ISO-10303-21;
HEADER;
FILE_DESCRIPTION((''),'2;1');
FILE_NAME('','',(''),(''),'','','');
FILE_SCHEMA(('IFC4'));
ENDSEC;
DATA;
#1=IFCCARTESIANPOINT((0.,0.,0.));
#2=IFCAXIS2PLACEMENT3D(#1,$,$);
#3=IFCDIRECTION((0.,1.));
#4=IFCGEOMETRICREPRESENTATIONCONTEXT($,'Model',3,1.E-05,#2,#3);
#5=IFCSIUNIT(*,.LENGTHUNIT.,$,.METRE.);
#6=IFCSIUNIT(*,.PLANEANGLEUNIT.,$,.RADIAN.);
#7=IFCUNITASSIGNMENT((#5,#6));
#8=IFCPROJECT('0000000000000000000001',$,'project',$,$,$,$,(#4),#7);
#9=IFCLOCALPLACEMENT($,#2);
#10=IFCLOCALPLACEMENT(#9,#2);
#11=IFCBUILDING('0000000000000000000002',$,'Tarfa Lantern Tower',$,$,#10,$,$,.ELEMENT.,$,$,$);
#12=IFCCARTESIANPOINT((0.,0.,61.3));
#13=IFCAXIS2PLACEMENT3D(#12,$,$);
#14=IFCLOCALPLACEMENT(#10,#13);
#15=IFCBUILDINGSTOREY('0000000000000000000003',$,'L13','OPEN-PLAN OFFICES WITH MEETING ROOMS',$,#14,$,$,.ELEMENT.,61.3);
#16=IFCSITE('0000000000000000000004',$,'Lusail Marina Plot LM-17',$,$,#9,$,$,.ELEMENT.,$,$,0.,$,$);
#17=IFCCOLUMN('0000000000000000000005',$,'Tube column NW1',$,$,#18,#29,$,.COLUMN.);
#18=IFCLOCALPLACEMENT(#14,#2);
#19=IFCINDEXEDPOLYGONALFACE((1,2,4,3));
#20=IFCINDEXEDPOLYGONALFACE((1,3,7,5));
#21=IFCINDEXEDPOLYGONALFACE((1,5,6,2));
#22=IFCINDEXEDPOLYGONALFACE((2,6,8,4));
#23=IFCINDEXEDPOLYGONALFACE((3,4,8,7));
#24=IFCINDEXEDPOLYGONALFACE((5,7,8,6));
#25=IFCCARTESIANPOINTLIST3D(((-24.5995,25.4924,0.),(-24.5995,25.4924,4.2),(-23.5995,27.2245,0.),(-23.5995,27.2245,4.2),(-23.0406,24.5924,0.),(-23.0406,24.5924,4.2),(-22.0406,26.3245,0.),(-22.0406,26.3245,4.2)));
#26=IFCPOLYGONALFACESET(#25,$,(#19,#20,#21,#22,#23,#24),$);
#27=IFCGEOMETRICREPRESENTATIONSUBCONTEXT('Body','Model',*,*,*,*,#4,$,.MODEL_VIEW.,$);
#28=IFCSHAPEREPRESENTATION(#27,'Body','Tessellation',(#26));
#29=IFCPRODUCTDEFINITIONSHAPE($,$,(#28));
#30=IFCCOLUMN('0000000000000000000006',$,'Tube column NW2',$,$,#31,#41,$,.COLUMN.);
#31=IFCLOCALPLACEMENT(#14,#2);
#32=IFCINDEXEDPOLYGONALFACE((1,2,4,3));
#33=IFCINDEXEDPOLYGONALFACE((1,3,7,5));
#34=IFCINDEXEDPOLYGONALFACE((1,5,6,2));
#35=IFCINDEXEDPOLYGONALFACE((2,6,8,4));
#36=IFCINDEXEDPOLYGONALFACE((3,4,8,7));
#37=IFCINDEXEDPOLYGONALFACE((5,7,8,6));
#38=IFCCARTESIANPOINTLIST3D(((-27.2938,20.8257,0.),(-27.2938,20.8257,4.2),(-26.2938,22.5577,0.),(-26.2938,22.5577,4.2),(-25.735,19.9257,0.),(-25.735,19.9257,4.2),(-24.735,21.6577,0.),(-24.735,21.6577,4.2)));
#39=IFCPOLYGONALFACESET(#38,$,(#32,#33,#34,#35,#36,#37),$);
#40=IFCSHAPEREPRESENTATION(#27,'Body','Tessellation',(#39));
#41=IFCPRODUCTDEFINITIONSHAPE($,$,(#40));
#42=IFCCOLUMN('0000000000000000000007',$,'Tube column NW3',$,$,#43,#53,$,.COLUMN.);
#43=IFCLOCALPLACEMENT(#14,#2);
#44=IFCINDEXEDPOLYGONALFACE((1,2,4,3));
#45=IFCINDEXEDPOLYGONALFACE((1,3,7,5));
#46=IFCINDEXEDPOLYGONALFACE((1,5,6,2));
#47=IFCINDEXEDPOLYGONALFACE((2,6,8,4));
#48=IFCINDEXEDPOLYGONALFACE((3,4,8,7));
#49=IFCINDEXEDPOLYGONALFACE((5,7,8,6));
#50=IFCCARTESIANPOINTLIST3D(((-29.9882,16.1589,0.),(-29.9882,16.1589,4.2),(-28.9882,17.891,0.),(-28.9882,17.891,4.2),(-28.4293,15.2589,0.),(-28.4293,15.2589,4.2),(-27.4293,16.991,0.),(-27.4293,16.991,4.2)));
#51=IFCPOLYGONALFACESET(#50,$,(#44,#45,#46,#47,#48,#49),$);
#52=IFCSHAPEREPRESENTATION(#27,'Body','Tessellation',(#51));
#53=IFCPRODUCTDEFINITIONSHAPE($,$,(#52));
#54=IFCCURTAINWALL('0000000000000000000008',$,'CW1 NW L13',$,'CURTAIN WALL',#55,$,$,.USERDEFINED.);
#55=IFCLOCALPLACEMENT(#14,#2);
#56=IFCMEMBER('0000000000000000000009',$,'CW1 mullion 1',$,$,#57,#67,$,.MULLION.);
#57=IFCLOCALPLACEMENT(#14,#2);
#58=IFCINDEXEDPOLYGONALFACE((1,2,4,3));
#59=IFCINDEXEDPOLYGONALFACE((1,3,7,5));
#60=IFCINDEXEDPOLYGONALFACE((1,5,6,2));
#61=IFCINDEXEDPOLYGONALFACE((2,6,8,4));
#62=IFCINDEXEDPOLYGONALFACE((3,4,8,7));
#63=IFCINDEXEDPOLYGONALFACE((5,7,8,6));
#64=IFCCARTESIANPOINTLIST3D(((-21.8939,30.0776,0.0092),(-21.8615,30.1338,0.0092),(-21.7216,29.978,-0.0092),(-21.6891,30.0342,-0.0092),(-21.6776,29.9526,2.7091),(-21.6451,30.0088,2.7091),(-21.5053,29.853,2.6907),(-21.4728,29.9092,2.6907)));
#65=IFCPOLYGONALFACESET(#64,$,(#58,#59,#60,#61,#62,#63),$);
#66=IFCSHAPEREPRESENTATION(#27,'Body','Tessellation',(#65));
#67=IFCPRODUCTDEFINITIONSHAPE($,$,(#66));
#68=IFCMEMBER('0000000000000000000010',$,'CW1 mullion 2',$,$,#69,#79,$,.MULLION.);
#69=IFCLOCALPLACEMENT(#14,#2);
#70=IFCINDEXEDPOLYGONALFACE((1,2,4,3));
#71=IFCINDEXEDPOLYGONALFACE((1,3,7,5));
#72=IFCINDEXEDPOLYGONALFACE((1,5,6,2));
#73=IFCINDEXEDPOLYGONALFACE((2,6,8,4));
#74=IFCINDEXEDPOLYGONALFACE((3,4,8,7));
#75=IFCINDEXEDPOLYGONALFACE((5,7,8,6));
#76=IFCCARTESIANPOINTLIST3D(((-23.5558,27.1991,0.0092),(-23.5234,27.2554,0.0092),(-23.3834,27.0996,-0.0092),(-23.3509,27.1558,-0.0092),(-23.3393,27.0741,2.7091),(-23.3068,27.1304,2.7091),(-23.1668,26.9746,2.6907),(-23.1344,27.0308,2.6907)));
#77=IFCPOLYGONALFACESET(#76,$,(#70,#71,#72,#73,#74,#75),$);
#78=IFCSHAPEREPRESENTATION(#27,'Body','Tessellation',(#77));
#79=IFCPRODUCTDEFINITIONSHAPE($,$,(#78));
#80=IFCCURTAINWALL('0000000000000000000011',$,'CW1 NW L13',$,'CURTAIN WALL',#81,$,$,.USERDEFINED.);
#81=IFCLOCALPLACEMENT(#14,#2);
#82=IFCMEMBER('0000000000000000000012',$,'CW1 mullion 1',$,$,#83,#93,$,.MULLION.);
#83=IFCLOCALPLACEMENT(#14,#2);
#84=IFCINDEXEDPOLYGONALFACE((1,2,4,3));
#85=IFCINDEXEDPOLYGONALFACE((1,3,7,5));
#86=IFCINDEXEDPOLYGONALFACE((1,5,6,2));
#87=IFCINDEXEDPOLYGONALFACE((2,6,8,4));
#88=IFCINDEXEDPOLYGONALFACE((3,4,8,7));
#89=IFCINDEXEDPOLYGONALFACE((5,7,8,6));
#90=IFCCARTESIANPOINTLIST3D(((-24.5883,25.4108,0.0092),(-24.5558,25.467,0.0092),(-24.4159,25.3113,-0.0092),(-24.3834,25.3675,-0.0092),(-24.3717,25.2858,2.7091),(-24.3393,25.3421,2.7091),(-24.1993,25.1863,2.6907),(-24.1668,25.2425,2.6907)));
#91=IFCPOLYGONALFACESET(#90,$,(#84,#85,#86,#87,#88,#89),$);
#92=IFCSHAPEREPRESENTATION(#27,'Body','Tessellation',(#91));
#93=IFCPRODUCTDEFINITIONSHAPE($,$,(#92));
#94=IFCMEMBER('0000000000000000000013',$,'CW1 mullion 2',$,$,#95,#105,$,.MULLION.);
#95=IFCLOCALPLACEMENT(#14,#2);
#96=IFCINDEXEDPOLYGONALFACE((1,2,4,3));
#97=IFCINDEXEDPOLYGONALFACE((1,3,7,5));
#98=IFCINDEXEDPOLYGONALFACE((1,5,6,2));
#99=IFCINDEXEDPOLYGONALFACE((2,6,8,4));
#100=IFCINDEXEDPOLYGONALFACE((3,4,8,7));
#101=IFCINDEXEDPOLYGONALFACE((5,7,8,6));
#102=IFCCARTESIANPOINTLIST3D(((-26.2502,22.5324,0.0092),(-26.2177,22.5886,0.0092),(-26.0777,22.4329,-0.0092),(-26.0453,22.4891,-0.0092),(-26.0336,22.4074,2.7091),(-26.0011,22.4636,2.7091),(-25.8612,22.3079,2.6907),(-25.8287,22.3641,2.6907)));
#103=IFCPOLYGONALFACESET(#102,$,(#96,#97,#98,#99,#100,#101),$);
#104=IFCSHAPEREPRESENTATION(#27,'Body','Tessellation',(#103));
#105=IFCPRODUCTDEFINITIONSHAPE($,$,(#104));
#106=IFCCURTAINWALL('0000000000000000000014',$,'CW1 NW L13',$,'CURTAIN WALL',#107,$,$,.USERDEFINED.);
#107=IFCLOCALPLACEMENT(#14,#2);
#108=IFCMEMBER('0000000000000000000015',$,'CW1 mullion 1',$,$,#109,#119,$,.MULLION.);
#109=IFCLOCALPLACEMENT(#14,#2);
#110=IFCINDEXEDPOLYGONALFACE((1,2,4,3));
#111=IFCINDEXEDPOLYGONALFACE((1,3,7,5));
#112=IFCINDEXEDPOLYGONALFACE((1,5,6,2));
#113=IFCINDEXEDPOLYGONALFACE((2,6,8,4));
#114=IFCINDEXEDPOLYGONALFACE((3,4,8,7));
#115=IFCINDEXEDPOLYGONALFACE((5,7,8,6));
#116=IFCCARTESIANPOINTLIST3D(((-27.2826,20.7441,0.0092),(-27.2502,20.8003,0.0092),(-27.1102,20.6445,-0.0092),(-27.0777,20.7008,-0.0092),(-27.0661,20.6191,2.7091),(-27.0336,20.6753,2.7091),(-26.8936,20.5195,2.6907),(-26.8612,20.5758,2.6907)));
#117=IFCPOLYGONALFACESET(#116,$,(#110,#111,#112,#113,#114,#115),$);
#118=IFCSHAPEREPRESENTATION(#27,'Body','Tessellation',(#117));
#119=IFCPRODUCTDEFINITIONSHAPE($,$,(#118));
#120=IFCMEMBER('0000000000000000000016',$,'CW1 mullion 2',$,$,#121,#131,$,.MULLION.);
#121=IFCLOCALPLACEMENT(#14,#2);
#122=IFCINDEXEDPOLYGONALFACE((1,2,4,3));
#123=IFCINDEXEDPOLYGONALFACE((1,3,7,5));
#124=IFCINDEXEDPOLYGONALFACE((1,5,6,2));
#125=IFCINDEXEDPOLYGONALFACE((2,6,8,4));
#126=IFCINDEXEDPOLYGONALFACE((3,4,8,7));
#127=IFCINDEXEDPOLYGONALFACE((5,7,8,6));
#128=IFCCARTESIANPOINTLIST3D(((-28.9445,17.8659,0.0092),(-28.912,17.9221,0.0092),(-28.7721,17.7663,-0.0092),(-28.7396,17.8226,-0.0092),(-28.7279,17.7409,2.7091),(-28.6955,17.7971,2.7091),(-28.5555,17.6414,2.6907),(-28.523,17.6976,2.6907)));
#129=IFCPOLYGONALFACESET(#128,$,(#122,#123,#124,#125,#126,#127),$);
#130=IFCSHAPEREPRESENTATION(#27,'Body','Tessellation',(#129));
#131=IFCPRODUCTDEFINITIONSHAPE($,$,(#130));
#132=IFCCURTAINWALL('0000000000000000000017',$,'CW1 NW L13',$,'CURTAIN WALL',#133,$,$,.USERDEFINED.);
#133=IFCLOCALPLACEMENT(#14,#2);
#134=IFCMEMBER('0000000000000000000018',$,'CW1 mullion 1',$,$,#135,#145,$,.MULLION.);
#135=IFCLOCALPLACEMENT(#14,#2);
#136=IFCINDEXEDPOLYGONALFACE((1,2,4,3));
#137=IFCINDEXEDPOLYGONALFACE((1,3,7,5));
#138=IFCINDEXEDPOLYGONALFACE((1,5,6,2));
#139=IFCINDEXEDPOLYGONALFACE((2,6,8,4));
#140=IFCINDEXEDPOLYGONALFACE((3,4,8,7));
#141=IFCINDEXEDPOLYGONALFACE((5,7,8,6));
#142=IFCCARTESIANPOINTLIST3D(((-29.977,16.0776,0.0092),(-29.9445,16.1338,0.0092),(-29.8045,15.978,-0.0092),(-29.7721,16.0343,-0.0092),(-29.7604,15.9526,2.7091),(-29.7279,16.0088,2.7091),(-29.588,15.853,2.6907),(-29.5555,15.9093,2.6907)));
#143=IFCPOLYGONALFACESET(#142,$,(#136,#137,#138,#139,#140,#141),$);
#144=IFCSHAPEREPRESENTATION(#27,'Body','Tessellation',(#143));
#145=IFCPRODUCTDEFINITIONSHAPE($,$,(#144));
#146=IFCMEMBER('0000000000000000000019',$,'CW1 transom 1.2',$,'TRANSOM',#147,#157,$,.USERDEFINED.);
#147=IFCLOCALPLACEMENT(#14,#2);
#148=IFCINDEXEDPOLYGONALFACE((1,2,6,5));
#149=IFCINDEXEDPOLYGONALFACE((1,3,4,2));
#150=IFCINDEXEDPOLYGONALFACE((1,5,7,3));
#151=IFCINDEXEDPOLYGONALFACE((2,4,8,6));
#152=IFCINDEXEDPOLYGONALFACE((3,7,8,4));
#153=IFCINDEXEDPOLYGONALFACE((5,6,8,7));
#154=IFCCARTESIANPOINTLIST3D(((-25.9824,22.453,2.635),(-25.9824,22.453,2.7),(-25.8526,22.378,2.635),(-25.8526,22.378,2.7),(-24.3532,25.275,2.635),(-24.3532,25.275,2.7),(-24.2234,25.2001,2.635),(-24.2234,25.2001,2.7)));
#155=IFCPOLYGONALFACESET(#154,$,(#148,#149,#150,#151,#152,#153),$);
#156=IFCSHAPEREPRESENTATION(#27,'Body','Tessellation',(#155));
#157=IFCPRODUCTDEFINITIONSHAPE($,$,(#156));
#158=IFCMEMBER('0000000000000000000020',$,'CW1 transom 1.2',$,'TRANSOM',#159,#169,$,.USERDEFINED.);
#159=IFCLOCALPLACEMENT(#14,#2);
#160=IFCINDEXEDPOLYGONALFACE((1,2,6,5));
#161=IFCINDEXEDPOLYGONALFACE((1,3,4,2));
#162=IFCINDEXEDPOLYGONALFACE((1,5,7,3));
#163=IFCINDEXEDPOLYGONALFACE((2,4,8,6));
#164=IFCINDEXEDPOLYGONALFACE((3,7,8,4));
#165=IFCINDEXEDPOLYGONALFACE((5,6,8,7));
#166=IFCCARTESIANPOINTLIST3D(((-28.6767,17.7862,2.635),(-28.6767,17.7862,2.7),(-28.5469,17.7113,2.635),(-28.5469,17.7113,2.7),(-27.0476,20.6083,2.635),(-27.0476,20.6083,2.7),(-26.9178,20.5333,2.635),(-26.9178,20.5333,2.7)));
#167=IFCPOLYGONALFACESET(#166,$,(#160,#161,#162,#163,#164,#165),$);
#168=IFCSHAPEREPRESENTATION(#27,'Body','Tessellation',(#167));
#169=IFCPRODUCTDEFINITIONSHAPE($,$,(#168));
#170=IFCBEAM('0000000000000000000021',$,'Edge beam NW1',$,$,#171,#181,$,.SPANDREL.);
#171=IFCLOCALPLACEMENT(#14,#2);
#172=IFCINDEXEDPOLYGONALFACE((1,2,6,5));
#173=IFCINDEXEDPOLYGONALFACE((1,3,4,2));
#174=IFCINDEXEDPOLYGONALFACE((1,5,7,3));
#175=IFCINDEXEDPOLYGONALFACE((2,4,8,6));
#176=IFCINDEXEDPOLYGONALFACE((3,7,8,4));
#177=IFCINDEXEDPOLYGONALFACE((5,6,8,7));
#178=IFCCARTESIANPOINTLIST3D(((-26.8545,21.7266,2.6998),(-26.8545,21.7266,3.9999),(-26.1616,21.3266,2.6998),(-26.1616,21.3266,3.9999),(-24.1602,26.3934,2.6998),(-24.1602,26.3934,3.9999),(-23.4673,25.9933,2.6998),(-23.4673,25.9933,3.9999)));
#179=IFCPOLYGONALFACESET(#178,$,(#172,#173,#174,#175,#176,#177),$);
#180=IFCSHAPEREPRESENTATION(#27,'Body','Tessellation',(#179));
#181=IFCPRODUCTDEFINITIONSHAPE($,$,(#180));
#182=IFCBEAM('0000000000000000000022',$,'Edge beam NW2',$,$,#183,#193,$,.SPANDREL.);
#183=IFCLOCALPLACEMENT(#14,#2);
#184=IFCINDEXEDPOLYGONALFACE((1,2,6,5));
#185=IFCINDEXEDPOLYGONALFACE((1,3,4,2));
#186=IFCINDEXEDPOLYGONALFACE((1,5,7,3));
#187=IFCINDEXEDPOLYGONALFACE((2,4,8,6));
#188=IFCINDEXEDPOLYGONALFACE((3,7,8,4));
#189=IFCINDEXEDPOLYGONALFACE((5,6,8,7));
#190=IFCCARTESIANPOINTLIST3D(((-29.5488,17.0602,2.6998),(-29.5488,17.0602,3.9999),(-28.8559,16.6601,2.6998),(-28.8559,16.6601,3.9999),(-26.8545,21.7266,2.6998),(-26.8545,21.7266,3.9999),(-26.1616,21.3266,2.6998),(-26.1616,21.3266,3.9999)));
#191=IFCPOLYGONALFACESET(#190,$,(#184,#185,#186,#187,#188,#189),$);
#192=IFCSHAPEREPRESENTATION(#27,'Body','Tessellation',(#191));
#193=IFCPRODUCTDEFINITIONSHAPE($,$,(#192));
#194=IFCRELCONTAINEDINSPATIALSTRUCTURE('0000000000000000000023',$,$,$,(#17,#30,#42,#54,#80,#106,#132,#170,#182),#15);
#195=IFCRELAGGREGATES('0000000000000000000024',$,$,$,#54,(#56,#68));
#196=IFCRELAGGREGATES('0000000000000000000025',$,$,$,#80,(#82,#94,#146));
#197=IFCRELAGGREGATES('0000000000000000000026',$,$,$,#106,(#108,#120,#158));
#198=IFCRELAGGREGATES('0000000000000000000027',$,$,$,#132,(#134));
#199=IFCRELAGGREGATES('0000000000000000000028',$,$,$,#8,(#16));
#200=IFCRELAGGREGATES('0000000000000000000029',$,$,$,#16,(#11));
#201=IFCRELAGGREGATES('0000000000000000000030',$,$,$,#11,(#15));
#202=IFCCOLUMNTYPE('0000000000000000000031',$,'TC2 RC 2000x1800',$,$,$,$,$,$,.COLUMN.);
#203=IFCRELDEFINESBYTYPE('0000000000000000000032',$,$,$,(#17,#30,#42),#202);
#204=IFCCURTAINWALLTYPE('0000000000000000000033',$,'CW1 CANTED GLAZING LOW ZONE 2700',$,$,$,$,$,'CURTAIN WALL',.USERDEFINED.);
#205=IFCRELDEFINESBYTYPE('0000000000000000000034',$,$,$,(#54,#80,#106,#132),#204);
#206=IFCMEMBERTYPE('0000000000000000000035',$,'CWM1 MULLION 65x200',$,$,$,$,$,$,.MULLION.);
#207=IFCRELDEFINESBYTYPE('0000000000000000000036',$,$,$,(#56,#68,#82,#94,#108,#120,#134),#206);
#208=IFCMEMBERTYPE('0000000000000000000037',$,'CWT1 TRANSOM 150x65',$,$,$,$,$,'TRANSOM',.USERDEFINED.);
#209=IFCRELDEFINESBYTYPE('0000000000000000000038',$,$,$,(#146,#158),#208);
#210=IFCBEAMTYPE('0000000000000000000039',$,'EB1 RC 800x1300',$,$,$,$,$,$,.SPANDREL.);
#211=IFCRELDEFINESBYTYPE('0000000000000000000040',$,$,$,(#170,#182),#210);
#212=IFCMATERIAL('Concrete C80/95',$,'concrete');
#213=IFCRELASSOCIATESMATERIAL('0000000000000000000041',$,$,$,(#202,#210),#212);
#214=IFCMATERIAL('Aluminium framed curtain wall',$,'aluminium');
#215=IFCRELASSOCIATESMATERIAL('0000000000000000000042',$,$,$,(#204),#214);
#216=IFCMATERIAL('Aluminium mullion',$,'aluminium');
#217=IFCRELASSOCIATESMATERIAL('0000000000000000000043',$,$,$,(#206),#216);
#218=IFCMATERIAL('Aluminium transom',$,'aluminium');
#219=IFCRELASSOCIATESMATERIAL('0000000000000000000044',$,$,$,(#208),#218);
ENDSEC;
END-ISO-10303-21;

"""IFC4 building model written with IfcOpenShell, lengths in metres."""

from ifc_helpers import new_model, si_unit, direction, frame, origin, origin_2d, place, context, subcontext, project, spatial, rectangle, extrude, material, material_profile, profile_set, type_object, element, aggregate, save


model = new_model("IFC4")

# Units and contexts
model_context = context("Model", 3, precision=1e-05, world=origin(), true_north=direction((0.0, 1.0)))
body_context = subcontext(model_context, "Body", "Model", "MODEL_VIEW")
ifc_project = project(units=[si_unit("LENGTHUNIT", "METRE"), si_unit("PLANEANGLEUNIT", "RADIAN")], contexts=[model_context])

# Site, building, storey
site_placement = place(None, origin())
site = spatial("IfcSite", under=ifc_project, at=site_placement, Name="Lusail Marina Plot LM-17", CompositionType="ELEMENT", RefElevation=0.0)
building_placement = place(site_placement, origin())
building = spatial("IfcBuilding", under=site, at=building_placement, Name="Tarfa Lantern Tower", CompositionType="ELEMENT")
storey_placement = place(building_placement, frame((0.0, 0.0, 61.3)))
storey = spatial("IfcBuildingStorey", under=building, at=storey_placement, Name="L13", Description="OPEN-PLAN OFFICES WITH MEETING ROOMS", CompositionType="ELEMENT", Elevation=61.3)

# Columns
ifc_material_1 = material(Name="Concrete C80/95", Category="concrete")
ifc_material_profile_1 = material_profile(ifc_material_1, rectangle(XDim=2.0, YDim=1.8, at=origin_2d()), Name="RC 2000x1800")
ifc_profile_set_1 = profile_set([ifc_material_profile_1], Name="Concrete C80/95")
column_type = type_object("IfcColumnType", Name="TC2 RC 2000x1800", PredefinedType="COLUMN", material=ifc_profile_set_1)
for number, where, z_axis, x_axis, name in (
    (1, (-23.3201, 25.9084, 0.0), (0.0, 0.0, 1.0), (-0.5, -0.866025, 0.0), "Tube column NW1"),
    (2, (-26.0144, 21.2417, 0.0), (0.0, 0.0, 1.0), (-0.5, -0.866025, 0.0), "Tube column NW2"),
    (3, (-28.7087, 16.575, 0.0), (0.0, 0.0, 1.0), (-0.5, -0.866025, 0.0), "Tube column NW3"),
):
    element("IfcColumn", number, at=place(storey_placement, frame(where, z_axis=z_axis, x_axis=x_axis)), inside=storey, type_object=column_type, Name=name, PredefinedType="COLUMN", context=body_context, shape_type="SweptSolid", body=[
        extrude(rectangle(XDim=2.0, YDim=1.8, at=origin_2d()), origin(), (0.0, 0.0, 1.0), 4.2),
    ])

# Curtain walls, members
ifc_material_2 = material(Name="Aluminium framed curtain wall", Category="aluminium")
curtain_wall_type = type_object("IfcCurtainWallType", Name="CW1 CANTED GLAZING LOW ZONE 2700", ElementType="CURTAIN WALL", PredefinedType="USERDEFINED", material=ifc_material_2)
curtain_wall_1_placement = place(storey_placement, origin())
curtain_wall_1 = element("IfcCurtainWall", 4, at=curtain_wall_1_placement, inside=storey, type_object=curtain_wall_type, Name="CW1 NW L13", ObjectType="CURTAIN WALL", PredefinedType="USERDEFINED")
ifc_material_3 = material(Name="Aluminium mullion", Category="aluminium")
ifc_material_profile_2 = material_profile(ifc_material_3, rectangle(XDim=0.0649, YDim=0.2, at=origin_2d()), Name="AL MULLION 65x200")
ifc_profile_set_2 = profile_set([ifc_material_profile_2], Name="Aluminium mullion")
member_type_1 = type_object("IfcMemberType", Name="CWM1 MULLION 65x200", PredefinedType="MULLION", material=ifc_profile_set_2)
member_1_placement = place(storey_placement, frame((-21.7915, 30.0559, 0.0), z_axis=(0.079775, -0.0461, 0.995746), x_axis=(0.500343, 0.865827, 0.0)))
member_1 = element("IfcMember", 5, at=member_1_placement, type_object=member_type_1, Name="CW1 mullion 1", PredefinedType="MULLION", context=body_context, shape_type="SweptSolid", body=[
    extrude(rectangle(XDim=0.0649, YDim=0.2, at=origin_2d()), origin(), (0.0, 0.0, 1.0), 2.7114),
])
member_2_placement = place(storey_placement, frame((-23.4534, 27.1775, 0.0), z_axis=(0.079864, -0.0461, 0.995739), x_axis=(0.49992, 0.866072, 0.0)))
member_2 = element("IfcMember", 6, at=member_2_placement, type_object=member_type_1, Name="CW1 mullion 2", PredefinedType="MULLION", context=body_context, shape_type="SweptSolid", body=[
    extrude(rectangle(XDim=0.0649, YDim=0.2, at=origin_2d()), origin(), (0.0, 0.0, 1.0), 2.7114),
])
curtain_wall_2_placement = place(storey_placement, origin())
curtain_wall_2 = element("IfcCurtainWall", 7, at=curtain_wall_2_placement, inside=storey, type_object=curtain_wall_type, Name="CW1 NW L13", ObjectType="CURTAIN WALL", PredefinedType="USERDEFINED")
member_3_placement = place(storey_placement, frame((-24.4858, 25.3892, 0.0), z_axis=(0.079864, -0.0461, 0.995739), x_axis=(0.49992, 0.866072, 0.0)))
member_3 = element("IfcMember", 8, at=member_3_placement, type_object=member_type_1, Name="CW1 mullion 1", PredefinedType="MULLION", context=body_context, shape_type="SweptSolid", body=[
    extrude(rectangle(XDim=0.0649, YDim=0.2, at=origin_2d()), origin(), (0.0, 0.0, 1.0), 2.7114),
])
member_4_placement = place(storey_placement, frame((-26.1477, 22.5107, 0.0), z_axis=(0.079864, -0.0461, 0.995739), x_axis=(0.49992, 0.866072, 0.0)))
member_4 = element("IfcMember", 9, at=member_4_placement, type_object=member_type_1, Name="CW1 mullion 2", PredefinedType="MULLION", context=body_context, shape_type="SweptSolid", body=[
    extrude(rectangle(XDim=0.0649, YDim=0.2, at=origin_2d()), origin(), (0.0, 0.0, 1.0), 2.7114),
])
curtain_wall_3_placement = place(storey_placement, origin())
curtain_wall_3 = element("IfcCurtainWall", 10, at=curtain_wall_3_placement, inside=storey, type_object=curtain_wall_type, Name="CW1 NW L13", ObjectType="CURTAIN WALL", PredefinedType="USERDEFINED")
member_5_placement = place(storey_placement, frame((-27.1802, 20.7224, 0.0), z_axis=(0.079864, -0.0461, 0.995739), x_axis=(0.49992, 0.866072, 0.0)))
member_5 = element("IfcMember", 11, at=member_5_placement, type_object=member_type_1, Name="CW1 mullion 1", PredefinedType="MULLION", context=body_context, shape_type="SweptSolid", body=[
    extrude(rectangle(XDim=0.0649, YDim=0.2, at=origin_2d()), origin(), (0.0, 0.0, 1.0), 2.7114),
])
member_6_placement = place(storey_placement, frame((-28.842, 17.8442, 0.0), z_axis=(0.079864, -0.0461, 0.995739), x_axis=(0.49992, 0.866072, 0.0)))
member_6 = element("IfcMember", 12, at=member_6_placement, type_object=member_type_1, Name="CW1 mullion 2", PredefinedType="MULLION", context=body_context, shape_type="SweptSolid", body=[
    extrude(rectangle(XDim=0.0649, YDim=0.2, at=origin_2d()), origin(), (0.0, 0.0, 1.0), 2.7114),
])

# Curtain wall, member
curtain_wall_4_placement = place(storey_placement, origin())
curtain_wall_4 = element("IfcCurtainWall", 13, at=curtain_wall_4_placement, inside=storey, type_object=curtain_wall_type, Name="CW1 NW L13", ObjectType="CURTAIN WALL", PredefinedType="USERDEFINED")
member_7_placement = place(storey_placement, frame((-29.8745, 16.0559, 0.0), z_axis=(0.079864, -0.0461, 0.995739), x_axis=(0.49992, 0.866072, 0.0)))
member_7 = element("IfcMember", 14, at=member_7_placement, type_object=member_type_1, Name="CW1 mullion 1", PredefinedType="MULLION", context=body_context, shape_type="SweptSolid", body=[
    extrude(rectangle(XDim=0.0649, YDim=0.2, at=origin_2d()), origin(), (0.0, 0.0, 1.0), 2.7114),
])

# Members
ifc_material_4 = material(Name="Aluminium transom", Category="aluminium")
ifc_material_profile_3 = material_profile(ifc_material_4, rectangle(XDim=0.1499, YDim=0.0649, at=origin_2d()), Name="AL TRANSOM 150x65")
ifc_profile_set_3 = profile_set([ifc_material_profile_3], Name="Aluminium transom")
member_type_2 = type_object("IfcMemberType", Name="CWT1 TRANSOM 150x65", ElementType="TRANSOM", PredefinedType="USERDEFINED", material=ifc_profile_set_3)
member_8_placement = place(storey_placement, frame((-24.2883, 25.2375, 2.6675), z_axis=(-0.499967, -0.866045, 0.0), x_axis=(0.866045, -0.499967, 0.0)))
member_8 = element("IfcMember", 15, at=member_8_placement, type_object=member_type_2, Name="CW1 transom 1.2", ObjectType="TRANSOM", PredefinedType="USERDEFINED", context=body_context, shape_type="SweptSolid", body=[
    extrude(rectangle(XDim=0.1499, YDim=0.0649, at=origin_2d()), origin(), (0.0, 0.0, 1.0), 3.2585),
])
member_9_placement = place(storey_placement, frame((-26.9827, 20.5708, 2.6675), z_axis=(-0.499967, -0.866045, 0.0), x_axis=(0.866045, -0.499967, 0.0)))
member_9 = element("IfcMember", 16, at=member_9_placement, type_object=member_type_2, Name="CW1 transom 1.2", ObjectType="TRANSOM", PredefinedType="USERDEFINED", context=body_context, shape_type="SweptSolid", body=[
    extrude(rectangle(XDim=0.1499, YDim=0.0649, at=origin_2d()), origin(), (0.0, 0.0, 1.0), 3.2585),
])

# Beams
ifc_material_profile_4 = material_profile(ifc_material_1, rectangle(XDim=0.8, YDim=1.3, at=origin_2d()), Name="RC 800x1300")
ifc_profile_set_4 = profile_set([ifc_material_profile_4], Name="Concrete C80/95")
beam_type_1 = type_object("IfcBeamType", Name="EB1 RC 800x1300", PredefinedType="SPANDREL", material=ifc_profile_set_4)
beam_1_placement = place(storey_placement, frame((-23.8137, 26.1934, 3.3499), z_axis=(-0.499998, -0.866026, 0.0), x_axis=(0.866026, -0.499998, 0.0)))
element("IfcBeam", 17, at=beam_1_placement, inside=storey, type_object=beam_type_1, Name="Edge beam NW1", PredefinedType="SPANDREL", context=body_context, shape_type="SweptSolid", body=[
    extrude(rectangle(XDim=0.8, YDim=1.3, at=origin_2d()), origin(), (0.0, 0.0, 1.0), 5.3887),
])
beam_2_placement = place(storey_placement, frame((-26.5081, 21.5266, 3.3499), z_axis=(-0.500018, -0.866015, 0.0), x_axis=(0.866015, -0.500018, 0.0)))
element("IfcBeam", 18, at=beam_2_placement, inside=storey, type_object=beam_type_1, Name="Edge beam NW2", PredefinedType="SPANDREL", context=body_context, shape_type="SweptSolid", body=[
    extrude(rectangle(XDim=0.8, YDim=1.3, at=origin_2d()), origin(), (0.0, 0.0, 1.0), 5.3884),
])

aggregate(curtain_wall_1, [member_1, member_2])
aggregate(curtain_wall_2, [member_3, member_4, member_8])
aggregate(curtain_wall_3, [member_5, member_6, member_9])
aggregate(curtain_wall_4, [member_7])

save(model, "model.ifc")
